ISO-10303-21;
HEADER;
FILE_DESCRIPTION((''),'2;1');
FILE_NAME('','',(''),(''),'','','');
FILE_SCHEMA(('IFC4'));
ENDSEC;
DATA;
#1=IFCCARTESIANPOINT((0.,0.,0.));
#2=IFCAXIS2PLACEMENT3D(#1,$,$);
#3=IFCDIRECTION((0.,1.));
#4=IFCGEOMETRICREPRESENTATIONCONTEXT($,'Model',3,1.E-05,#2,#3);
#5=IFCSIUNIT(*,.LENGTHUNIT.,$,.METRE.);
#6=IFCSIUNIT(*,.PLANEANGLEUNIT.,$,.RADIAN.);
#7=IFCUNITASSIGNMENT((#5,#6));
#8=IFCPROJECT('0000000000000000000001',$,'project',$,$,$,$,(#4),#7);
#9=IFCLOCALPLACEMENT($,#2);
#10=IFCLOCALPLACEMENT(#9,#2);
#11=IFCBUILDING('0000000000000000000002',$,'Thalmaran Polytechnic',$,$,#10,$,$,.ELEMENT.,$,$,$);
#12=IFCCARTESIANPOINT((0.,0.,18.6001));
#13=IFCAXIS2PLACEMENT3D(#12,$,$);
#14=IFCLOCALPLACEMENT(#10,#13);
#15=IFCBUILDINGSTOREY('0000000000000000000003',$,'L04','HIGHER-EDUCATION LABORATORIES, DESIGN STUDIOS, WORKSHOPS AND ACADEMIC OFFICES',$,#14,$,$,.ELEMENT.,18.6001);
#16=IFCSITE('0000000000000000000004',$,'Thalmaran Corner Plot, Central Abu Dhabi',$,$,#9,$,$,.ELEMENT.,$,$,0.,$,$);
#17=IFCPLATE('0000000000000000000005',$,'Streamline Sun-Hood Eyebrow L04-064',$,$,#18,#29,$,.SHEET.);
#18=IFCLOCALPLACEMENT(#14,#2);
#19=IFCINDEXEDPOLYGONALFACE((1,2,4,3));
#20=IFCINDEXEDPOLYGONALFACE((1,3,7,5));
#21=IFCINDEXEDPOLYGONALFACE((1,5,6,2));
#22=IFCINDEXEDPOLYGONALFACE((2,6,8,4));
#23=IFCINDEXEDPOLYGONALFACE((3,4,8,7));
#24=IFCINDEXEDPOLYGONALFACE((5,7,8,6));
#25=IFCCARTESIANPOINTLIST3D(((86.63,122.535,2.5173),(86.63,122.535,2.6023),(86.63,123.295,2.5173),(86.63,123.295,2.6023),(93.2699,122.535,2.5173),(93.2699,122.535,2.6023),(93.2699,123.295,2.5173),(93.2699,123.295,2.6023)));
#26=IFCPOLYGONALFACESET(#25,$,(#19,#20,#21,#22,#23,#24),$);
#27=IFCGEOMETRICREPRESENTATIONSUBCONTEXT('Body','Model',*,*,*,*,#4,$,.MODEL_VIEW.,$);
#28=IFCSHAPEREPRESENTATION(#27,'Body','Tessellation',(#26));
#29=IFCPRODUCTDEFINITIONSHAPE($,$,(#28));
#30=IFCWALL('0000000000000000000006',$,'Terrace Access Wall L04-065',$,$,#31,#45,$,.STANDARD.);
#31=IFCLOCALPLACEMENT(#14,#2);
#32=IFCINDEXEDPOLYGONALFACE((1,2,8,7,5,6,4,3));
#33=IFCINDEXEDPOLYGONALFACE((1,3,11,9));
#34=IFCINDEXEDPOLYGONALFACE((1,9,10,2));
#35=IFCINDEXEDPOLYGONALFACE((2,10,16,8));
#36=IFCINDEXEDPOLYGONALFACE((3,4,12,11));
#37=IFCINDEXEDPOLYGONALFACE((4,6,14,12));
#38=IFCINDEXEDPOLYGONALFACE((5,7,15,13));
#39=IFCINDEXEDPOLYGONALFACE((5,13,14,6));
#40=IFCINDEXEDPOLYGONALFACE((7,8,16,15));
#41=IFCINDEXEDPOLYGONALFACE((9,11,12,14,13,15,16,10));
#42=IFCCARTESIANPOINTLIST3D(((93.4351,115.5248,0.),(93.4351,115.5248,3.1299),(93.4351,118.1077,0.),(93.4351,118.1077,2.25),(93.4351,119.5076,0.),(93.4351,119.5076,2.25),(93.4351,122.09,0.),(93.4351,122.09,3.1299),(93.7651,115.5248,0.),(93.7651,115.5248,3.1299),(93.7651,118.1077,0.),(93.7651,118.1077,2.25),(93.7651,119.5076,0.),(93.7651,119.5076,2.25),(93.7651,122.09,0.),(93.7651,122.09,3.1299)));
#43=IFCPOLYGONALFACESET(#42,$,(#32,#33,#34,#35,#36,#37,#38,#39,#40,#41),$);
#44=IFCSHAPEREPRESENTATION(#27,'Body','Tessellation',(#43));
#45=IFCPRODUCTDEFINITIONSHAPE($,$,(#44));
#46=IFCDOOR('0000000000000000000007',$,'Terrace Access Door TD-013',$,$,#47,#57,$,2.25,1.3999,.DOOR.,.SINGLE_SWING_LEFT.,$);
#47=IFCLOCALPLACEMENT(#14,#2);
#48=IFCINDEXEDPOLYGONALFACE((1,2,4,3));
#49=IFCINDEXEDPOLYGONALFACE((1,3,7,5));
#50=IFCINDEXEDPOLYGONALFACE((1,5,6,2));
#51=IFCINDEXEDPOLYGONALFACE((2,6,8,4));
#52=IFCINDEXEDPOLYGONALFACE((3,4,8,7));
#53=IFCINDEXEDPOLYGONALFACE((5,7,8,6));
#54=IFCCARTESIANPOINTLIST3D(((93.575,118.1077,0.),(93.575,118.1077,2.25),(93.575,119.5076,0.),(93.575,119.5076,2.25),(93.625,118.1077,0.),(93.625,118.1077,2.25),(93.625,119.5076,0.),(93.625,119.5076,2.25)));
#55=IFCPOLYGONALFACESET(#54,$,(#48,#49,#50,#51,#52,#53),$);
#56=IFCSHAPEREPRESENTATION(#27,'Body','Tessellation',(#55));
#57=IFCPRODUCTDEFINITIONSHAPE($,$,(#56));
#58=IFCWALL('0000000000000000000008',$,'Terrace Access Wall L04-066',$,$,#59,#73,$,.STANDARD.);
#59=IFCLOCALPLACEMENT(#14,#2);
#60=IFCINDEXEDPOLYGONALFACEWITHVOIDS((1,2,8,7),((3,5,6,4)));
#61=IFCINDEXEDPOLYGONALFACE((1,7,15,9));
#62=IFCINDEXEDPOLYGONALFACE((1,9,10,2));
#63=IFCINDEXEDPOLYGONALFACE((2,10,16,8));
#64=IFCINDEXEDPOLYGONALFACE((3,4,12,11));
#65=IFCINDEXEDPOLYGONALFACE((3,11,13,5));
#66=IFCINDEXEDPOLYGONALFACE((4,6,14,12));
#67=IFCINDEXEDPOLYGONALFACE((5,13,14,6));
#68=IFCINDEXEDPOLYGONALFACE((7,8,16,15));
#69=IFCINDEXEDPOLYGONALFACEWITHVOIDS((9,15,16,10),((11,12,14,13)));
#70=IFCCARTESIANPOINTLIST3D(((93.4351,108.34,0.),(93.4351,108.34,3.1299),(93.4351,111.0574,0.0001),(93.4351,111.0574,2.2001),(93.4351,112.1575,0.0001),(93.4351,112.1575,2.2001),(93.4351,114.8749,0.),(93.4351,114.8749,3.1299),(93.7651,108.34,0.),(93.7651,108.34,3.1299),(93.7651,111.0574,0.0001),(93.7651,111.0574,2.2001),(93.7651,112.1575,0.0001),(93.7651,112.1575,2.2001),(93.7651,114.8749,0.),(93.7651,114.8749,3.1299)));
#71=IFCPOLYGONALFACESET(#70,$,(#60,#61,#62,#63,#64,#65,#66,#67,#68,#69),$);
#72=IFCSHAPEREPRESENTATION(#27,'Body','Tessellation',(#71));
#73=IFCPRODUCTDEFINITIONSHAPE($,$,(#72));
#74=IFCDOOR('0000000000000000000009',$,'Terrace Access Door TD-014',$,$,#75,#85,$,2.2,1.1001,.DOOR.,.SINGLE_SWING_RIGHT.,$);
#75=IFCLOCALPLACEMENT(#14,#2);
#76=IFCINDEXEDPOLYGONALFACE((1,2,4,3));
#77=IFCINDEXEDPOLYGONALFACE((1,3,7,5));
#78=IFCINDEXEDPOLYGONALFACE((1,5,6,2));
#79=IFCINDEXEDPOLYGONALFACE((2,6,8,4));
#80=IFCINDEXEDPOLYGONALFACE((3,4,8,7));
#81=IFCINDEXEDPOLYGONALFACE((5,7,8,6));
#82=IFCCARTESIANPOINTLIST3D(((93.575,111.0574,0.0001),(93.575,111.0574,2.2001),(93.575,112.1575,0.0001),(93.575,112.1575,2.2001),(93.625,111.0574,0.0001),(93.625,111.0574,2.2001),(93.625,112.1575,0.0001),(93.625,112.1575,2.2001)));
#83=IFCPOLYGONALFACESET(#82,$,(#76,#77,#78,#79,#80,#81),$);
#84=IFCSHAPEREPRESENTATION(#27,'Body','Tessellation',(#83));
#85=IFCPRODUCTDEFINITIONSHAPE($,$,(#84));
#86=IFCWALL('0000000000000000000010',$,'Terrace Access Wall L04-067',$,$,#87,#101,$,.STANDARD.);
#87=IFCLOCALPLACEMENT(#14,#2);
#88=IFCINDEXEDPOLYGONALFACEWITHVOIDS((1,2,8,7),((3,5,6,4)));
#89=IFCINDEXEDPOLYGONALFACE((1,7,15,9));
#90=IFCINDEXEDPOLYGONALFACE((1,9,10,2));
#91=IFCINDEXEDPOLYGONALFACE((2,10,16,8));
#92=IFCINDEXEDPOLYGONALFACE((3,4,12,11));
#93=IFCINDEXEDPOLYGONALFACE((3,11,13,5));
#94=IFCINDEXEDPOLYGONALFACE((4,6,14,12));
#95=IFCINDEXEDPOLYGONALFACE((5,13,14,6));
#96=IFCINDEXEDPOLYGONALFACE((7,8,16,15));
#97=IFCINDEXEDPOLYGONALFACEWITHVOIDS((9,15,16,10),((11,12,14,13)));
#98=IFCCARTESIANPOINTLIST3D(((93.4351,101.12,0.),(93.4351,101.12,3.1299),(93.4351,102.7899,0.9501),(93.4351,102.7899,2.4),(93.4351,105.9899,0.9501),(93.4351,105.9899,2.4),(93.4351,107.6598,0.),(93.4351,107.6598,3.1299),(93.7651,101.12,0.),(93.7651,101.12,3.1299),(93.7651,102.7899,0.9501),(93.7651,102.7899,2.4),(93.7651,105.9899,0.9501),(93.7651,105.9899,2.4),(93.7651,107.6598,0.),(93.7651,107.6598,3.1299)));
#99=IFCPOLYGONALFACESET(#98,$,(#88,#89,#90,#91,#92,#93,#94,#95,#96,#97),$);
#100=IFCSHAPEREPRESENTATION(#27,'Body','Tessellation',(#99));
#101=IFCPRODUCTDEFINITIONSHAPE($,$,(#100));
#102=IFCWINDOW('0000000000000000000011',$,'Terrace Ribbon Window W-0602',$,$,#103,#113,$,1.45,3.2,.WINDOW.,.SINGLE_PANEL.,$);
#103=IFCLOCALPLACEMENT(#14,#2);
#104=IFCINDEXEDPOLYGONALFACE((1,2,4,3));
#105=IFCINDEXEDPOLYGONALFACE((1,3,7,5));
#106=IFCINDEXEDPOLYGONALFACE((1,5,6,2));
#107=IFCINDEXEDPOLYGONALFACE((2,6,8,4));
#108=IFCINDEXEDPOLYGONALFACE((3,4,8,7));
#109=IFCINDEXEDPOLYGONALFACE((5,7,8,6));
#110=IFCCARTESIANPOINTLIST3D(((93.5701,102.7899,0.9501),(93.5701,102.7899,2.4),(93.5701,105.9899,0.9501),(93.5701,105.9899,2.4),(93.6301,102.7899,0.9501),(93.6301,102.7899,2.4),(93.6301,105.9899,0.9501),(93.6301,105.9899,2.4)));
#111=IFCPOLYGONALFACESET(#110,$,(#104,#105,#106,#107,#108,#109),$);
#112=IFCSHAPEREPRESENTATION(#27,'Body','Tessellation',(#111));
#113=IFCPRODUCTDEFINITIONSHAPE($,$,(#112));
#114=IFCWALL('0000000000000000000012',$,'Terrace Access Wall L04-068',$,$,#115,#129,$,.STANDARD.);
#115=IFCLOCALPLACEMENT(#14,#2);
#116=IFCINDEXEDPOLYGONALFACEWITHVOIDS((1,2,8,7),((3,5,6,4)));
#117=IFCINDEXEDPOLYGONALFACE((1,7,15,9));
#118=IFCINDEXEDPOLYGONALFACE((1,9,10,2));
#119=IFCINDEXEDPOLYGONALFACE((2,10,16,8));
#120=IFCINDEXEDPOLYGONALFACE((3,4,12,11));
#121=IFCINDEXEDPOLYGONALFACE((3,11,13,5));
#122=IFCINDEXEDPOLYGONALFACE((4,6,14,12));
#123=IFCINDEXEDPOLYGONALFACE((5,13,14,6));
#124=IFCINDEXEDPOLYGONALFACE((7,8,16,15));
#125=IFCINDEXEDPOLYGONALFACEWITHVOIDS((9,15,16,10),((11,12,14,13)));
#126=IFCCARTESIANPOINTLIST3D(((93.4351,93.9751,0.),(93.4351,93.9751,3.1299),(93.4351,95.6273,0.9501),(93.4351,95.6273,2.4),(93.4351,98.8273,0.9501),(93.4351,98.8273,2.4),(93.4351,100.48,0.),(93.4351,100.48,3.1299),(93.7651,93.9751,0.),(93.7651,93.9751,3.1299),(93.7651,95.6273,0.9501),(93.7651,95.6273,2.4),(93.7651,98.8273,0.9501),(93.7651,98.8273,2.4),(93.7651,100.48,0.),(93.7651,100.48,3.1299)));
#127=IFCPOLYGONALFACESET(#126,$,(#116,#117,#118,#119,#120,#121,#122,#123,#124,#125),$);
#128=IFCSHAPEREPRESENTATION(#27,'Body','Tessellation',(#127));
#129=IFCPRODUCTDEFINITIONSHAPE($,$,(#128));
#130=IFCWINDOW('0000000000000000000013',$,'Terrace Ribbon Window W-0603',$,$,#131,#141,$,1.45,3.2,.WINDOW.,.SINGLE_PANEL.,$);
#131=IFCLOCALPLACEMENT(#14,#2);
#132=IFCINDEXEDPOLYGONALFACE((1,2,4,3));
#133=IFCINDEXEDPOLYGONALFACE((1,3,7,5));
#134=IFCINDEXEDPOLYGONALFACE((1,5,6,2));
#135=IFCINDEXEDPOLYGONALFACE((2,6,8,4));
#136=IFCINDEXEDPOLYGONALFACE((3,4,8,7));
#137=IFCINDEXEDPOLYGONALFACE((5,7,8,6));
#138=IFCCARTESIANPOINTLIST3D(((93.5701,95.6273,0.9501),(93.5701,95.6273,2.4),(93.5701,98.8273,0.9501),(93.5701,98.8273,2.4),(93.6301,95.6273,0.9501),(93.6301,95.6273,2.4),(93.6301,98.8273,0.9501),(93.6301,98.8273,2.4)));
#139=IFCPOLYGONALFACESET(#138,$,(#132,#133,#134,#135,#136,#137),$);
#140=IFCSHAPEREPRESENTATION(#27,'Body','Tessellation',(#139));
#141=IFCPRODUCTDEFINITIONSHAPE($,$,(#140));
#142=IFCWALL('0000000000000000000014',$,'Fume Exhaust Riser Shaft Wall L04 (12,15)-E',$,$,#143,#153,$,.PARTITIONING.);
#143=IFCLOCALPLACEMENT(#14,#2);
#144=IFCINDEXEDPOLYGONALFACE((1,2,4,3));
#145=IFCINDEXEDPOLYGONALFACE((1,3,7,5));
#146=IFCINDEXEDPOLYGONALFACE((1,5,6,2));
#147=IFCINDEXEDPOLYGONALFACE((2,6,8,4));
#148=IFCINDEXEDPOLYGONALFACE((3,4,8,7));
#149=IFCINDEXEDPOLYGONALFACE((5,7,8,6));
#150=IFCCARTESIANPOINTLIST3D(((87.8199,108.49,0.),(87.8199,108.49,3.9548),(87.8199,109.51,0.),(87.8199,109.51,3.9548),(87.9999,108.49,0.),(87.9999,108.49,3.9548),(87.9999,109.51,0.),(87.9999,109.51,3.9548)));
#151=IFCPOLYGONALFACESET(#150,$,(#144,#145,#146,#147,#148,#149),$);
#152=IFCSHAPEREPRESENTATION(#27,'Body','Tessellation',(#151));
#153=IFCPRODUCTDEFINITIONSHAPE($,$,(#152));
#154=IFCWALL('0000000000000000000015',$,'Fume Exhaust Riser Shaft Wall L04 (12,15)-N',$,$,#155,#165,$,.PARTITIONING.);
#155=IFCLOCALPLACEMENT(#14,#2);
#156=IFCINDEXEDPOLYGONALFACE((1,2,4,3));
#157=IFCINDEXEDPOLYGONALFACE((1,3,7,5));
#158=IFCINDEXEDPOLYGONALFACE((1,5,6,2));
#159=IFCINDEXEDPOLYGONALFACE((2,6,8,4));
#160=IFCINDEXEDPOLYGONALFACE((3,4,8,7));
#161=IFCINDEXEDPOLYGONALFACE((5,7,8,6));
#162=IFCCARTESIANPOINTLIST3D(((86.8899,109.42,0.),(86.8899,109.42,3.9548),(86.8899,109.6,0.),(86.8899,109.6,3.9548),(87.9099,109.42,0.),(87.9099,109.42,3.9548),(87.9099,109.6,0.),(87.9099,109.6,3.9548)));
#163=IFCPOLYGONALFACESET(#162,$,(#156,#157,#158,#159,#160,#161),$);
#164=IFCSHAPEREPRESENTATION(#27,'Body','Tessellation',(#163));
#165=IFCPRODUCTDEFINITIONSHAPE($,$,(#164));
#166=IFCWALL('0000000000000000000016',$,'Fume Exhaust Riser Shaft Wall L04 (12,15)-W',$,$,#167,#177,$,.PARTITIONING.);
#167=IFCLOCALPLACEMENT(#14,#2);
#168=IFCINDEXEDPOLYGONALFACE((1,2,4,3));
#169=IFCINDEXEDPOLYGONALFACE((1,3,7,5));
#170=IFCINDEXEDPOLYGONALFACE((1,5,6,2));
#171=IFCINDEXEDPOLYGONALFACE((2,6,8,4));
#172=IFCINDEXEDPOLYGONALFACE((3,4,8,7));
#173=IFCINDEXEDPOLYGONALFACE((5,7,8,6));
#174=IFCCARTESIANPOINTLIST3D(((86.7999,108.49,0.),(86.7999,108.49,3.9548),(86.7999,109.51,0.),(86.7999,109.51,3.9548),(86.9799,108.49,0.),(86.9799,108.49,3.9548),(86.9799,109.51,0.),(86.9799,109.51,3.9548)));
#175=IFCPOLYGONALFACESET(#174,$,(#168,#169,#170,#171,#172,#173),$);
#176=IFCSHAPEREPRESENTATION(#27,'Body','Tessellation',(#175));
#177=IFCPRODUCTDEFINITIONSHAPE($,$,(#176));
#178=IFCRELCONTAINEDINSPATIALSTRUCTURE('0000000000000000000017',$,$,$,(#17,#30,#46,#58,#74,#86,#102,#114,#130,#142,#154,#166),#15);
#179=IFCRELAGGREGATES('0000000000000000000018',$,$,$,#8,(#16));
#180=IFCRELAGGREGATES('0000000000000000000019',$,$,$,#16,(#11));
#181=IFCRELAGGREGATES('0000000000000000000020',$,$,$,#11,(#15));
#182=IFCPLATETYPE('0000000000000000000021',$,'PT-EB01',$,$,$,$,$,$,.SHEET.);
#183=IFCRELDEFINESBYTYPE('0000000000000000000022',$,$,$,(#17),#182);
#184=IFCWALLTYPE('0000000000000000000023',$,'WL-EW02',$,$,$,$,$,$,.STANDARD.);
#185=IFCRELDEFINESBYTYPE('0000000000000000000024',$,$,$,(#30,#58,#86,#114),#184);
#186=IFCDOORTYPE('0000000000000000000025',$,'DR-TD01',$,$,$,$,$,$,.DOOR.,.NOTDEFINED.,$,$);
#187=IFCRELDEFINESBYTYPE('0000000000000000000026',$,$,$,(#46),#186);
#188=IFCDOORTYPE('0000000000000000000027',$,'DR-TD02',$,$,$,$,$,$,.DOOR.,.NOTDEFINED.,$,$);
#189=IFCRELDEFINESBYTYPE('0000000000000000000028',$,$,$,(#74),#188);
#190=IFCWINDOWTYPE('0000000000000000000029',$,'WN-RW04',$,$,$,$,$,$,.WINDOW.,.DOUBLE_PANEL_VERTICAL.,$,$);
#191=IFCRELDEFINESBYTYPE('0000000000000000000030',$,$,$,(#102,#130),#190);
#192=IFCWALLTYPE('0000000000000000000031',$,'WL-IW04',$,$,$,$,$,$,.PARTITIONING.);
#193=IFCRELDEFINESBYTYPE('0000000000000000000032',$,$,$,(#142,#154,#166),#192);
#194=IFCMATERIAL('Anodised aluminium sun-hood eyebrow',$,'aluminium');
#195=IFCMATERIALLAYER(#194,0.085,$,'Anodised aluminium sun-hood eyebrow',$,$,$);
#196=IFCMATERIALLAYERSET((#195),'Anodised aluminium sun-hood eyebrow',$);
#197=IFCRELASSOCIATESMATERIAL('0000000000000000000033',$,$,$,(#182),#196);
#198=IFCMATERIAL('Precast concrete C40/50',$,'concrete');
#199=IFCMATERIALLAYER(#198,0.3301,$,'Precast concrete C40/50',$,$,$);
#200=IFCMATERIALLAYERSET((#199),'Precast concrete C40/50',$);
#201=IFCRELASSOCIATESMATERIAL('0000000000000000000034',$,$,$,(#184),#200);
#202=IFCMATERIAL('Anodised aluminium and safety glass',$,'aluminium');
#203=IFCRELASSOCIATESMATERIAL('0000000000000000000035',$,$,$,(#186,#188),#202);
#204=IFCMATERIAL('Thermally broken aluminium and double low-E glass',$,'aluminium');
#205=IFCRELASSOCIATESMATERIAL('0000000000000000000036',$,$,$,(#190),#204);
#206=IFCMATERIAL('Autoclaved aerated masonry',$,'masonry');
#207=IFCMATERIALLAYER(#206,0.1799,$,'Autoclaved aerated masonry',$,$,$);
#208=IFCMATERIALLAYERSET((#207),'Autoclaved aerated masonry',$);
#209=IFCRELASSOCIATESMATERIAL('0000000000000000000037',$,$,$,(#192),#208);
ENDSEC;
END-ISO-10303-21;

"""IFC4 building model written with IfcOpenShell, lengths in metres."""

from ifc_helpers import new_model, si_unit, direction, frame, frame_2d, origin, origin_2d, place, context, subcontext, project, spatial, rectangle, extrude, material, layer, layer_set, type_object, element, fill, save


model = new_model("IFC4")

# Units and contexts
model_context = context("Model", 3, precision=1e-05, world=origin(), true_north=direction((0.0, 1.0)))
body_context = subcontext(model_context, "Body", "Model", "MODEL_VIEW")
ifc_project = project(units=[si_unit("LENGTHUNIT", "METRE"), si_unit("PLANEANGLEUNIT", "RADIAN")], contexts=[model_context])

# Site, building, storey
site_placement = place(None, origin())
site = spatial("IfcSite", under=ifc_project, at=site_placement, Name="Thalmaran Corner Plot, Central Abu Dhabi", CompositionType="ELEMENT", RefElevation=0.0)
building_placement = place(site_placement, origin())
building = spatial("IfcBuilding", under=site, at=building_placement, Name="Thalmaran Polytechnic", CompositionType="ELEMENT")
storey_placement = place(building_placement, frame((0.0, 0.0, 18.6001)))
storey = spatial("IfcBuildingStorey", under=building, at=storey_placement, Name="L04", Description="HIGHER-EDUCATION LABORATORIES, DESIGN STUDIOS, WORKSHOPS AND ACADEMIC OFFICES", CompositionType="ELEMENT", Elevation=18.6001)

# Plate
ifc_material_1 = material(Name="Anodised aluminium sun-hood eyebrow", Category="aluminium")
ifc_layer_1 = layer(ifc_material_1, 0.085, Name="Anodised aluminium sun-hood eyebrow")
ifc_layer_set_1 = layer_set([ifc_layer_1], Name="Anodised aluminium sun-hood eyebrow")
plate_type_1 = type_object("IfcPlateType", Name="PT-EB01", PredefinedType="SHEET", material=ifc_layer_set_1)
plate_1_placement = place(storey_placement, frame((89.95, 122.915, 2.5173), z_axis=(0.0, 0.0, 1.0), x_axis=(1.0, 0.0, 0.0)))
element("IfcPlate", 1, at=plate_1_placement, inside=storey, type_object=plate_type_1, Name="Streamline Sun-Hood Eyebrow L04-064", PredefinedType="SHEET", context=body_context, shape_type="SweptSolid", body=[
    extrude(rectangle(XDim=6.6399, YDim=0.76, at=origin_2d()), origin(), (0.0, 0.0, 1.0), 0.085),
])

# Walls, openings, doors
ifc_material_2 = material(Name="Precast concrete C40/50", Category="concrete")
ifc_layer_2 = layer(ifc_material_2, 0.3301, Name="Precast concrete C40/50")
ifc_layer_set_2 = layer_set([ifc_layer_2], Name="Precast concrete C40/50")
wall_type_1 = type_object("IfcWallType", Name="WL-EW02", PredefinedType="STANDARD", material=ifc_layer_set_2)
wall_1_placement = place(storey_placement, frame((93.6001, 122.0901, 0.0), z_axis=(0.0, 0.0, 1.0), x_axis=(0.0, -1.0, 0.0)))
wall_1 = element("IfcWall", 2, at=wall_1_placement, inside=storey, type_object=wall_type_1, Name="Terrace Access Wall L04-065", PredefinedType="STANDARD", context=body_context, shape_type="SweptSolid", body=[
    extrude(rectangle(XDim=6.5652, YDim=0.3301, at=frame_2d((3.2827, 0.0))), origin(), (0.0, 0.0, 1.0), 3.1299),
])
opening_1_placement = place(wall_1_placement, frame((2.5825, 0.0, 0.0)))
opening_1 = element("IfcOpeningElement", 3, at=opening_1_placement, cuts=wall_1, PredefinedType="OPENING", context=body_context, shape_type="SweptSolid", body=[
    extrude(rectangle(XDim=1.3999, YDim=2.25, at=frame_2d((0.7, 1.125))), frame((0.0, 0.175, 0.0), z_axis=(0.0, -1.0, 0.0), x_axis=(1.0, 0.0, 0.0)), (0.0, 0.0, 1.0), 0.3501),
])
ifc_material_3 = material(Name="Anodised aluminium and safety glass", Category="aluminium")
door_type_1 = type_object("IfcDoorType", Name="DR-TD01", OperationType="NOTDEFINED", PredefinedType="DOOR", material=ifc_material_3)
door_1_placement = place(opening_1_placement, origin())
door_1 = element("IfcDoor", 4, at=door_1_placement, inside=storey, type_object=door_type_1, Name="Terrace Access Door TD-013", OperationType="SINGLE_SWING_LEFT", OverallHeight=2.25, OverallWidth=1.3999, PredefinedType="DOOR", context=body_context, shape_type="SweptSolid", body=[
    extrude(rectangle(XDim=1.3999, YDim=2.25, at=frame_2d((0.7, 1.125))), frame((0.0, 0.0249, 0.0), z_axis=(0.0, -1.0, 0.0), x_axis=(1.0, 0.0, 0.0)), (0.0, 0.0, 1.0), 0.05),
])
fill(opening_1, door_1)
wall_2_placement = place(storey_placement, frame((93.6001, 114.875, 0.0), z_axis=(0.0, 0.0, 1.0), x_axis=(0.0, -1.0, 0.0)))
wall_2 = element("IfcWall", 5, at=wall_2_placement, inside=storey, type_object=wall_type_1, Name="Terrace Access Wall L04-066", PredefinedType="STANDARD", context=body_context, shape_type="SweptSolid", body=[
    extrude(rectangle(XDim=6.5349, YDim=0.3301, at=frame_2d((3.2676, 0.0))), origin(), (0.0, 0.0, 1.0), 3.1299),
])
opening_2_placement = place(wall_2_placement, frame((2.7175, 0.0, 0.0)))
opening_2 = element("IfcOpeningElement", 6, at=opening_2_placement, cuts=wall_2, PredefinedType="OPENING", context=body_context, shape_type="SweptSolid", body=[
    extrude(rectangle(XDim=1.1001, YDim=2.2, at=frame_2d((0.55, 1.1001))), frame((0.0, 0.175, 0.0), z_axis=(0.0, -1.0, 0.0), x_axis=(1.0, 0.0, 0.0)), (0.0, 0.0, 1.0), 0.3501),
])
door_type_2 = type_object("IfcDoorType", Name="DR-TD02", OperationType="NOTDEFINED", PredefinedType="DOOR", material=ifc_material_3)
door_2_placement = place(opening_2_placement, origin())
door_2 = element("IfcDoor", 7, at=door_2_placement, inside=storey, type_object=door_type_2, Name="Terrace Access Door TD-014", OperationType="SINGLE_SWING_RIGHT", OverallHeight=2.2, OverallWidth=1.1001, PredefinedType="DOOR", context=body_context, shape_type="SweptSolid", body=[
    extrude(rectangle(XDim=1.1001, YDim=2.2, at=frame_2d((0.55, 1.1001))), frame((0.0, 0.0249, 0.0), z_axis=(0.0, -1.0, 0.0), x_axis=(1.0, 0.0, 0.0)), (0.0, 0.0, 1.0), 0.05),
])
fill(opening_2, door_2)

# Walls, openings, windows
wall_3_placement = place(storey_placement, frame((93.6001, 107.6599, 0.0), z_axis=(0.0, 0.0, 1.0), x_axis=(0.0, -1.0, 0.0)))
wall_3 = element("IfcWall", 8, at=wall_3_placement, inside=storey, type_object=wall_type_1, Name="Terrace Access Wall L04-067", PredefinedType="STANDARD", context=body_context, shape_type="SweptSolid", body=[
    extrude(rectangle(XDim=6.5398, YDim=0.3301, at=frame_2d((3.27, 0.0))), origin(), (0.0, 0.0, 1.0), 3.1299),
])
opening_3_placement = place(wall_3_placement, frame((1.6699, 0.0, 0.95)))
opening_3 = element("IfcOpeningElement", 9, at=opening_3_placement, cuts=wall_3, PredefinedType="OPENING", context=body_context, shape_type="SweptSolid", body=[
    extrude(rectangle(XDim=3.2, YDim=1.45, at=frame_2d((1.6001, 0.7251))), frame((0.0, 0.175, 0.0), z_axis=(0.0, -1.0, 0.0), x_axis=(1.0, 0.0, 0.0)), (0.0, 0.0, 1.0), 0.3501),
])
ifc_material_4 = material(Name="Thermally broken aluminium and double low-E glass", Category="aluminium")
window_type = type_object("IfcWindowType", Name="WN-RW04", PartitioningType="DOUBLE_PANEL_VERTICAL", PredefinedType="WINDOW", material=ifc_material_4)
window_1_placement = place(opening_3_placement, origin())
window_1 = element("IfcWindow", 10, at=window_1_placement, inside=storey, type_object=window_type, Name="Terrace Ribbon Window W-0602", OverallHeight=1.45, OverallWidth=3.2, PartitioningType="SINGLE_PANEL", PredefinedType="WINDOW", context=body_context, shape_type="SweptSolid", body=[
    extrude(rectangle(XDim=3.2, YDim=1.45, at=frame_2d((1.6001, 0.7251))), frame((0.0, 0.03, 0.0), z_axis=(0.0, -1.0, 0.0), x_axis=(1.0, 0.0, 0.0)), (0.0, 0.0, 1.0), 0.0601),
])
fill(opening_3, window_1)
wall_4_placement = place(storey_placement, frame((93.6001, 100.48, 0.0), z_axis=(0.0, 0.0, 1.0), x_axis=(0.0, -1.0, 0.0)))
wall_4 = element("IfcWall", 11, at=wall_4_placement, inside=storey, type_object=wall_type_1, Name="Terrace Access Wall L04-068", PredefinedType="STANDARD", context=body_context, shape_type="SweptSolid", body=[
    extrude(rectangle(XDim=6.5049, YDim=0.3301, at=frame_2d((3.2524, 0.0))), origin(), (0.0, 0.0, 1.0), 3.1299),
])
opening_4_placement = place(wall_4_placement, frame((1.6526, 0.0, 0.95)))
opening_4 = element("IfcOpeningElement", 12, at=opening_4_placement, cuts=wall_4, PredefinedType="OPENING", context=body_context, shape_type="SweptSolid", body=[
    extrude(rectangle(XDim=3.2, YDim=1.45, at=frame_2d((1.6001, 0.7251))), frame((0.0, 0.175, 0.0), z_axis=(0.0, -1.0, 0.0), x_axis=(1.0, 0.0, 0.0)), (0.0, 0.0, 1.0), 0.3501),
])
window_2_placement = place(opening_4_placement, origin())
window_2 = element("IfcWindow", 13, at=window_2_placement, inside=storey, type_object=window_type, Name="Terrace Ribbon Window W-0603", OverallHeight=1.45, OverallWidth=3.2, PartitioningType="SINGLE_PANEL", PredefinedType="WINDOW", context=body_context, shape_type="SweptSolid", body=[
    extrude(rectangle(XDim=3.2, YDim=1.45, at=frame_2d((1.6001, 0.7251))), frame((0.0, 0.03, 0.0), z_axis=(0.0, -1.0, 0.0), x_axis=(1.0, 0.0, 0.0)), (0.0, 0.0, 1.0), 0.0601),
])
fill(opening_4, window_2)

# Walls
ifc_material_5 = material(Name="Autoclaved aerated masonry", Category="masonry")
ifc_layer_3 = layer(ifc_material_5, 0.1799, Name="Autoclaved aerated masonry")
ifc_layer_set_3 = layer_set([ifc_layer_3], Name="Autoclaved aerated masonry")
wall_type_2 = type_object("IfcWallType", Name="WL-IW04", PredefinedType="PARTITIONING", material=ifc_layer_set_3)
for number, where, z_axis, x_axis, name in (
    (14, (87.9099, 108.49, 0.0), (0.0, 0.0, 1.0), (0.0, 1.0, 0.0), "Fume Exhaust Riser Shaft Wall L04 (12,15)-E"),
    (15, (87.9099, 109.51, 0.0), (0.0, 0.0, 1.0), (-1.0, 0.0, 0.0), "Fume Exhaust Riser Shaft Wall L04 (12,15)-N"),
    (16, (86.8899, 109.51, 0.0), (0.0, 0.0, 1.0), (0.0, -1.0, 0.0), "Fume Exhaust Riser Shaft Wall L04 (12,15)-W"),
):
    element("IfcWall", number, at=place(storey_placement, frame(where, z_axis=z_axis, x_axis=x_axis)), inside=storey, type_object=wall_type_2, Name=name, PredefinedType="PARTITIONING", context=body_context, shape_type="SweptSolid", body=[
        extrude(rectangle(XDim=1.02, YDim=0.1799, at=frame_2d((0.51, 0.0))), origin(), (0.0, 0.0, 1.0), 3.9548),
    ])

save(model, "model.ifc")
